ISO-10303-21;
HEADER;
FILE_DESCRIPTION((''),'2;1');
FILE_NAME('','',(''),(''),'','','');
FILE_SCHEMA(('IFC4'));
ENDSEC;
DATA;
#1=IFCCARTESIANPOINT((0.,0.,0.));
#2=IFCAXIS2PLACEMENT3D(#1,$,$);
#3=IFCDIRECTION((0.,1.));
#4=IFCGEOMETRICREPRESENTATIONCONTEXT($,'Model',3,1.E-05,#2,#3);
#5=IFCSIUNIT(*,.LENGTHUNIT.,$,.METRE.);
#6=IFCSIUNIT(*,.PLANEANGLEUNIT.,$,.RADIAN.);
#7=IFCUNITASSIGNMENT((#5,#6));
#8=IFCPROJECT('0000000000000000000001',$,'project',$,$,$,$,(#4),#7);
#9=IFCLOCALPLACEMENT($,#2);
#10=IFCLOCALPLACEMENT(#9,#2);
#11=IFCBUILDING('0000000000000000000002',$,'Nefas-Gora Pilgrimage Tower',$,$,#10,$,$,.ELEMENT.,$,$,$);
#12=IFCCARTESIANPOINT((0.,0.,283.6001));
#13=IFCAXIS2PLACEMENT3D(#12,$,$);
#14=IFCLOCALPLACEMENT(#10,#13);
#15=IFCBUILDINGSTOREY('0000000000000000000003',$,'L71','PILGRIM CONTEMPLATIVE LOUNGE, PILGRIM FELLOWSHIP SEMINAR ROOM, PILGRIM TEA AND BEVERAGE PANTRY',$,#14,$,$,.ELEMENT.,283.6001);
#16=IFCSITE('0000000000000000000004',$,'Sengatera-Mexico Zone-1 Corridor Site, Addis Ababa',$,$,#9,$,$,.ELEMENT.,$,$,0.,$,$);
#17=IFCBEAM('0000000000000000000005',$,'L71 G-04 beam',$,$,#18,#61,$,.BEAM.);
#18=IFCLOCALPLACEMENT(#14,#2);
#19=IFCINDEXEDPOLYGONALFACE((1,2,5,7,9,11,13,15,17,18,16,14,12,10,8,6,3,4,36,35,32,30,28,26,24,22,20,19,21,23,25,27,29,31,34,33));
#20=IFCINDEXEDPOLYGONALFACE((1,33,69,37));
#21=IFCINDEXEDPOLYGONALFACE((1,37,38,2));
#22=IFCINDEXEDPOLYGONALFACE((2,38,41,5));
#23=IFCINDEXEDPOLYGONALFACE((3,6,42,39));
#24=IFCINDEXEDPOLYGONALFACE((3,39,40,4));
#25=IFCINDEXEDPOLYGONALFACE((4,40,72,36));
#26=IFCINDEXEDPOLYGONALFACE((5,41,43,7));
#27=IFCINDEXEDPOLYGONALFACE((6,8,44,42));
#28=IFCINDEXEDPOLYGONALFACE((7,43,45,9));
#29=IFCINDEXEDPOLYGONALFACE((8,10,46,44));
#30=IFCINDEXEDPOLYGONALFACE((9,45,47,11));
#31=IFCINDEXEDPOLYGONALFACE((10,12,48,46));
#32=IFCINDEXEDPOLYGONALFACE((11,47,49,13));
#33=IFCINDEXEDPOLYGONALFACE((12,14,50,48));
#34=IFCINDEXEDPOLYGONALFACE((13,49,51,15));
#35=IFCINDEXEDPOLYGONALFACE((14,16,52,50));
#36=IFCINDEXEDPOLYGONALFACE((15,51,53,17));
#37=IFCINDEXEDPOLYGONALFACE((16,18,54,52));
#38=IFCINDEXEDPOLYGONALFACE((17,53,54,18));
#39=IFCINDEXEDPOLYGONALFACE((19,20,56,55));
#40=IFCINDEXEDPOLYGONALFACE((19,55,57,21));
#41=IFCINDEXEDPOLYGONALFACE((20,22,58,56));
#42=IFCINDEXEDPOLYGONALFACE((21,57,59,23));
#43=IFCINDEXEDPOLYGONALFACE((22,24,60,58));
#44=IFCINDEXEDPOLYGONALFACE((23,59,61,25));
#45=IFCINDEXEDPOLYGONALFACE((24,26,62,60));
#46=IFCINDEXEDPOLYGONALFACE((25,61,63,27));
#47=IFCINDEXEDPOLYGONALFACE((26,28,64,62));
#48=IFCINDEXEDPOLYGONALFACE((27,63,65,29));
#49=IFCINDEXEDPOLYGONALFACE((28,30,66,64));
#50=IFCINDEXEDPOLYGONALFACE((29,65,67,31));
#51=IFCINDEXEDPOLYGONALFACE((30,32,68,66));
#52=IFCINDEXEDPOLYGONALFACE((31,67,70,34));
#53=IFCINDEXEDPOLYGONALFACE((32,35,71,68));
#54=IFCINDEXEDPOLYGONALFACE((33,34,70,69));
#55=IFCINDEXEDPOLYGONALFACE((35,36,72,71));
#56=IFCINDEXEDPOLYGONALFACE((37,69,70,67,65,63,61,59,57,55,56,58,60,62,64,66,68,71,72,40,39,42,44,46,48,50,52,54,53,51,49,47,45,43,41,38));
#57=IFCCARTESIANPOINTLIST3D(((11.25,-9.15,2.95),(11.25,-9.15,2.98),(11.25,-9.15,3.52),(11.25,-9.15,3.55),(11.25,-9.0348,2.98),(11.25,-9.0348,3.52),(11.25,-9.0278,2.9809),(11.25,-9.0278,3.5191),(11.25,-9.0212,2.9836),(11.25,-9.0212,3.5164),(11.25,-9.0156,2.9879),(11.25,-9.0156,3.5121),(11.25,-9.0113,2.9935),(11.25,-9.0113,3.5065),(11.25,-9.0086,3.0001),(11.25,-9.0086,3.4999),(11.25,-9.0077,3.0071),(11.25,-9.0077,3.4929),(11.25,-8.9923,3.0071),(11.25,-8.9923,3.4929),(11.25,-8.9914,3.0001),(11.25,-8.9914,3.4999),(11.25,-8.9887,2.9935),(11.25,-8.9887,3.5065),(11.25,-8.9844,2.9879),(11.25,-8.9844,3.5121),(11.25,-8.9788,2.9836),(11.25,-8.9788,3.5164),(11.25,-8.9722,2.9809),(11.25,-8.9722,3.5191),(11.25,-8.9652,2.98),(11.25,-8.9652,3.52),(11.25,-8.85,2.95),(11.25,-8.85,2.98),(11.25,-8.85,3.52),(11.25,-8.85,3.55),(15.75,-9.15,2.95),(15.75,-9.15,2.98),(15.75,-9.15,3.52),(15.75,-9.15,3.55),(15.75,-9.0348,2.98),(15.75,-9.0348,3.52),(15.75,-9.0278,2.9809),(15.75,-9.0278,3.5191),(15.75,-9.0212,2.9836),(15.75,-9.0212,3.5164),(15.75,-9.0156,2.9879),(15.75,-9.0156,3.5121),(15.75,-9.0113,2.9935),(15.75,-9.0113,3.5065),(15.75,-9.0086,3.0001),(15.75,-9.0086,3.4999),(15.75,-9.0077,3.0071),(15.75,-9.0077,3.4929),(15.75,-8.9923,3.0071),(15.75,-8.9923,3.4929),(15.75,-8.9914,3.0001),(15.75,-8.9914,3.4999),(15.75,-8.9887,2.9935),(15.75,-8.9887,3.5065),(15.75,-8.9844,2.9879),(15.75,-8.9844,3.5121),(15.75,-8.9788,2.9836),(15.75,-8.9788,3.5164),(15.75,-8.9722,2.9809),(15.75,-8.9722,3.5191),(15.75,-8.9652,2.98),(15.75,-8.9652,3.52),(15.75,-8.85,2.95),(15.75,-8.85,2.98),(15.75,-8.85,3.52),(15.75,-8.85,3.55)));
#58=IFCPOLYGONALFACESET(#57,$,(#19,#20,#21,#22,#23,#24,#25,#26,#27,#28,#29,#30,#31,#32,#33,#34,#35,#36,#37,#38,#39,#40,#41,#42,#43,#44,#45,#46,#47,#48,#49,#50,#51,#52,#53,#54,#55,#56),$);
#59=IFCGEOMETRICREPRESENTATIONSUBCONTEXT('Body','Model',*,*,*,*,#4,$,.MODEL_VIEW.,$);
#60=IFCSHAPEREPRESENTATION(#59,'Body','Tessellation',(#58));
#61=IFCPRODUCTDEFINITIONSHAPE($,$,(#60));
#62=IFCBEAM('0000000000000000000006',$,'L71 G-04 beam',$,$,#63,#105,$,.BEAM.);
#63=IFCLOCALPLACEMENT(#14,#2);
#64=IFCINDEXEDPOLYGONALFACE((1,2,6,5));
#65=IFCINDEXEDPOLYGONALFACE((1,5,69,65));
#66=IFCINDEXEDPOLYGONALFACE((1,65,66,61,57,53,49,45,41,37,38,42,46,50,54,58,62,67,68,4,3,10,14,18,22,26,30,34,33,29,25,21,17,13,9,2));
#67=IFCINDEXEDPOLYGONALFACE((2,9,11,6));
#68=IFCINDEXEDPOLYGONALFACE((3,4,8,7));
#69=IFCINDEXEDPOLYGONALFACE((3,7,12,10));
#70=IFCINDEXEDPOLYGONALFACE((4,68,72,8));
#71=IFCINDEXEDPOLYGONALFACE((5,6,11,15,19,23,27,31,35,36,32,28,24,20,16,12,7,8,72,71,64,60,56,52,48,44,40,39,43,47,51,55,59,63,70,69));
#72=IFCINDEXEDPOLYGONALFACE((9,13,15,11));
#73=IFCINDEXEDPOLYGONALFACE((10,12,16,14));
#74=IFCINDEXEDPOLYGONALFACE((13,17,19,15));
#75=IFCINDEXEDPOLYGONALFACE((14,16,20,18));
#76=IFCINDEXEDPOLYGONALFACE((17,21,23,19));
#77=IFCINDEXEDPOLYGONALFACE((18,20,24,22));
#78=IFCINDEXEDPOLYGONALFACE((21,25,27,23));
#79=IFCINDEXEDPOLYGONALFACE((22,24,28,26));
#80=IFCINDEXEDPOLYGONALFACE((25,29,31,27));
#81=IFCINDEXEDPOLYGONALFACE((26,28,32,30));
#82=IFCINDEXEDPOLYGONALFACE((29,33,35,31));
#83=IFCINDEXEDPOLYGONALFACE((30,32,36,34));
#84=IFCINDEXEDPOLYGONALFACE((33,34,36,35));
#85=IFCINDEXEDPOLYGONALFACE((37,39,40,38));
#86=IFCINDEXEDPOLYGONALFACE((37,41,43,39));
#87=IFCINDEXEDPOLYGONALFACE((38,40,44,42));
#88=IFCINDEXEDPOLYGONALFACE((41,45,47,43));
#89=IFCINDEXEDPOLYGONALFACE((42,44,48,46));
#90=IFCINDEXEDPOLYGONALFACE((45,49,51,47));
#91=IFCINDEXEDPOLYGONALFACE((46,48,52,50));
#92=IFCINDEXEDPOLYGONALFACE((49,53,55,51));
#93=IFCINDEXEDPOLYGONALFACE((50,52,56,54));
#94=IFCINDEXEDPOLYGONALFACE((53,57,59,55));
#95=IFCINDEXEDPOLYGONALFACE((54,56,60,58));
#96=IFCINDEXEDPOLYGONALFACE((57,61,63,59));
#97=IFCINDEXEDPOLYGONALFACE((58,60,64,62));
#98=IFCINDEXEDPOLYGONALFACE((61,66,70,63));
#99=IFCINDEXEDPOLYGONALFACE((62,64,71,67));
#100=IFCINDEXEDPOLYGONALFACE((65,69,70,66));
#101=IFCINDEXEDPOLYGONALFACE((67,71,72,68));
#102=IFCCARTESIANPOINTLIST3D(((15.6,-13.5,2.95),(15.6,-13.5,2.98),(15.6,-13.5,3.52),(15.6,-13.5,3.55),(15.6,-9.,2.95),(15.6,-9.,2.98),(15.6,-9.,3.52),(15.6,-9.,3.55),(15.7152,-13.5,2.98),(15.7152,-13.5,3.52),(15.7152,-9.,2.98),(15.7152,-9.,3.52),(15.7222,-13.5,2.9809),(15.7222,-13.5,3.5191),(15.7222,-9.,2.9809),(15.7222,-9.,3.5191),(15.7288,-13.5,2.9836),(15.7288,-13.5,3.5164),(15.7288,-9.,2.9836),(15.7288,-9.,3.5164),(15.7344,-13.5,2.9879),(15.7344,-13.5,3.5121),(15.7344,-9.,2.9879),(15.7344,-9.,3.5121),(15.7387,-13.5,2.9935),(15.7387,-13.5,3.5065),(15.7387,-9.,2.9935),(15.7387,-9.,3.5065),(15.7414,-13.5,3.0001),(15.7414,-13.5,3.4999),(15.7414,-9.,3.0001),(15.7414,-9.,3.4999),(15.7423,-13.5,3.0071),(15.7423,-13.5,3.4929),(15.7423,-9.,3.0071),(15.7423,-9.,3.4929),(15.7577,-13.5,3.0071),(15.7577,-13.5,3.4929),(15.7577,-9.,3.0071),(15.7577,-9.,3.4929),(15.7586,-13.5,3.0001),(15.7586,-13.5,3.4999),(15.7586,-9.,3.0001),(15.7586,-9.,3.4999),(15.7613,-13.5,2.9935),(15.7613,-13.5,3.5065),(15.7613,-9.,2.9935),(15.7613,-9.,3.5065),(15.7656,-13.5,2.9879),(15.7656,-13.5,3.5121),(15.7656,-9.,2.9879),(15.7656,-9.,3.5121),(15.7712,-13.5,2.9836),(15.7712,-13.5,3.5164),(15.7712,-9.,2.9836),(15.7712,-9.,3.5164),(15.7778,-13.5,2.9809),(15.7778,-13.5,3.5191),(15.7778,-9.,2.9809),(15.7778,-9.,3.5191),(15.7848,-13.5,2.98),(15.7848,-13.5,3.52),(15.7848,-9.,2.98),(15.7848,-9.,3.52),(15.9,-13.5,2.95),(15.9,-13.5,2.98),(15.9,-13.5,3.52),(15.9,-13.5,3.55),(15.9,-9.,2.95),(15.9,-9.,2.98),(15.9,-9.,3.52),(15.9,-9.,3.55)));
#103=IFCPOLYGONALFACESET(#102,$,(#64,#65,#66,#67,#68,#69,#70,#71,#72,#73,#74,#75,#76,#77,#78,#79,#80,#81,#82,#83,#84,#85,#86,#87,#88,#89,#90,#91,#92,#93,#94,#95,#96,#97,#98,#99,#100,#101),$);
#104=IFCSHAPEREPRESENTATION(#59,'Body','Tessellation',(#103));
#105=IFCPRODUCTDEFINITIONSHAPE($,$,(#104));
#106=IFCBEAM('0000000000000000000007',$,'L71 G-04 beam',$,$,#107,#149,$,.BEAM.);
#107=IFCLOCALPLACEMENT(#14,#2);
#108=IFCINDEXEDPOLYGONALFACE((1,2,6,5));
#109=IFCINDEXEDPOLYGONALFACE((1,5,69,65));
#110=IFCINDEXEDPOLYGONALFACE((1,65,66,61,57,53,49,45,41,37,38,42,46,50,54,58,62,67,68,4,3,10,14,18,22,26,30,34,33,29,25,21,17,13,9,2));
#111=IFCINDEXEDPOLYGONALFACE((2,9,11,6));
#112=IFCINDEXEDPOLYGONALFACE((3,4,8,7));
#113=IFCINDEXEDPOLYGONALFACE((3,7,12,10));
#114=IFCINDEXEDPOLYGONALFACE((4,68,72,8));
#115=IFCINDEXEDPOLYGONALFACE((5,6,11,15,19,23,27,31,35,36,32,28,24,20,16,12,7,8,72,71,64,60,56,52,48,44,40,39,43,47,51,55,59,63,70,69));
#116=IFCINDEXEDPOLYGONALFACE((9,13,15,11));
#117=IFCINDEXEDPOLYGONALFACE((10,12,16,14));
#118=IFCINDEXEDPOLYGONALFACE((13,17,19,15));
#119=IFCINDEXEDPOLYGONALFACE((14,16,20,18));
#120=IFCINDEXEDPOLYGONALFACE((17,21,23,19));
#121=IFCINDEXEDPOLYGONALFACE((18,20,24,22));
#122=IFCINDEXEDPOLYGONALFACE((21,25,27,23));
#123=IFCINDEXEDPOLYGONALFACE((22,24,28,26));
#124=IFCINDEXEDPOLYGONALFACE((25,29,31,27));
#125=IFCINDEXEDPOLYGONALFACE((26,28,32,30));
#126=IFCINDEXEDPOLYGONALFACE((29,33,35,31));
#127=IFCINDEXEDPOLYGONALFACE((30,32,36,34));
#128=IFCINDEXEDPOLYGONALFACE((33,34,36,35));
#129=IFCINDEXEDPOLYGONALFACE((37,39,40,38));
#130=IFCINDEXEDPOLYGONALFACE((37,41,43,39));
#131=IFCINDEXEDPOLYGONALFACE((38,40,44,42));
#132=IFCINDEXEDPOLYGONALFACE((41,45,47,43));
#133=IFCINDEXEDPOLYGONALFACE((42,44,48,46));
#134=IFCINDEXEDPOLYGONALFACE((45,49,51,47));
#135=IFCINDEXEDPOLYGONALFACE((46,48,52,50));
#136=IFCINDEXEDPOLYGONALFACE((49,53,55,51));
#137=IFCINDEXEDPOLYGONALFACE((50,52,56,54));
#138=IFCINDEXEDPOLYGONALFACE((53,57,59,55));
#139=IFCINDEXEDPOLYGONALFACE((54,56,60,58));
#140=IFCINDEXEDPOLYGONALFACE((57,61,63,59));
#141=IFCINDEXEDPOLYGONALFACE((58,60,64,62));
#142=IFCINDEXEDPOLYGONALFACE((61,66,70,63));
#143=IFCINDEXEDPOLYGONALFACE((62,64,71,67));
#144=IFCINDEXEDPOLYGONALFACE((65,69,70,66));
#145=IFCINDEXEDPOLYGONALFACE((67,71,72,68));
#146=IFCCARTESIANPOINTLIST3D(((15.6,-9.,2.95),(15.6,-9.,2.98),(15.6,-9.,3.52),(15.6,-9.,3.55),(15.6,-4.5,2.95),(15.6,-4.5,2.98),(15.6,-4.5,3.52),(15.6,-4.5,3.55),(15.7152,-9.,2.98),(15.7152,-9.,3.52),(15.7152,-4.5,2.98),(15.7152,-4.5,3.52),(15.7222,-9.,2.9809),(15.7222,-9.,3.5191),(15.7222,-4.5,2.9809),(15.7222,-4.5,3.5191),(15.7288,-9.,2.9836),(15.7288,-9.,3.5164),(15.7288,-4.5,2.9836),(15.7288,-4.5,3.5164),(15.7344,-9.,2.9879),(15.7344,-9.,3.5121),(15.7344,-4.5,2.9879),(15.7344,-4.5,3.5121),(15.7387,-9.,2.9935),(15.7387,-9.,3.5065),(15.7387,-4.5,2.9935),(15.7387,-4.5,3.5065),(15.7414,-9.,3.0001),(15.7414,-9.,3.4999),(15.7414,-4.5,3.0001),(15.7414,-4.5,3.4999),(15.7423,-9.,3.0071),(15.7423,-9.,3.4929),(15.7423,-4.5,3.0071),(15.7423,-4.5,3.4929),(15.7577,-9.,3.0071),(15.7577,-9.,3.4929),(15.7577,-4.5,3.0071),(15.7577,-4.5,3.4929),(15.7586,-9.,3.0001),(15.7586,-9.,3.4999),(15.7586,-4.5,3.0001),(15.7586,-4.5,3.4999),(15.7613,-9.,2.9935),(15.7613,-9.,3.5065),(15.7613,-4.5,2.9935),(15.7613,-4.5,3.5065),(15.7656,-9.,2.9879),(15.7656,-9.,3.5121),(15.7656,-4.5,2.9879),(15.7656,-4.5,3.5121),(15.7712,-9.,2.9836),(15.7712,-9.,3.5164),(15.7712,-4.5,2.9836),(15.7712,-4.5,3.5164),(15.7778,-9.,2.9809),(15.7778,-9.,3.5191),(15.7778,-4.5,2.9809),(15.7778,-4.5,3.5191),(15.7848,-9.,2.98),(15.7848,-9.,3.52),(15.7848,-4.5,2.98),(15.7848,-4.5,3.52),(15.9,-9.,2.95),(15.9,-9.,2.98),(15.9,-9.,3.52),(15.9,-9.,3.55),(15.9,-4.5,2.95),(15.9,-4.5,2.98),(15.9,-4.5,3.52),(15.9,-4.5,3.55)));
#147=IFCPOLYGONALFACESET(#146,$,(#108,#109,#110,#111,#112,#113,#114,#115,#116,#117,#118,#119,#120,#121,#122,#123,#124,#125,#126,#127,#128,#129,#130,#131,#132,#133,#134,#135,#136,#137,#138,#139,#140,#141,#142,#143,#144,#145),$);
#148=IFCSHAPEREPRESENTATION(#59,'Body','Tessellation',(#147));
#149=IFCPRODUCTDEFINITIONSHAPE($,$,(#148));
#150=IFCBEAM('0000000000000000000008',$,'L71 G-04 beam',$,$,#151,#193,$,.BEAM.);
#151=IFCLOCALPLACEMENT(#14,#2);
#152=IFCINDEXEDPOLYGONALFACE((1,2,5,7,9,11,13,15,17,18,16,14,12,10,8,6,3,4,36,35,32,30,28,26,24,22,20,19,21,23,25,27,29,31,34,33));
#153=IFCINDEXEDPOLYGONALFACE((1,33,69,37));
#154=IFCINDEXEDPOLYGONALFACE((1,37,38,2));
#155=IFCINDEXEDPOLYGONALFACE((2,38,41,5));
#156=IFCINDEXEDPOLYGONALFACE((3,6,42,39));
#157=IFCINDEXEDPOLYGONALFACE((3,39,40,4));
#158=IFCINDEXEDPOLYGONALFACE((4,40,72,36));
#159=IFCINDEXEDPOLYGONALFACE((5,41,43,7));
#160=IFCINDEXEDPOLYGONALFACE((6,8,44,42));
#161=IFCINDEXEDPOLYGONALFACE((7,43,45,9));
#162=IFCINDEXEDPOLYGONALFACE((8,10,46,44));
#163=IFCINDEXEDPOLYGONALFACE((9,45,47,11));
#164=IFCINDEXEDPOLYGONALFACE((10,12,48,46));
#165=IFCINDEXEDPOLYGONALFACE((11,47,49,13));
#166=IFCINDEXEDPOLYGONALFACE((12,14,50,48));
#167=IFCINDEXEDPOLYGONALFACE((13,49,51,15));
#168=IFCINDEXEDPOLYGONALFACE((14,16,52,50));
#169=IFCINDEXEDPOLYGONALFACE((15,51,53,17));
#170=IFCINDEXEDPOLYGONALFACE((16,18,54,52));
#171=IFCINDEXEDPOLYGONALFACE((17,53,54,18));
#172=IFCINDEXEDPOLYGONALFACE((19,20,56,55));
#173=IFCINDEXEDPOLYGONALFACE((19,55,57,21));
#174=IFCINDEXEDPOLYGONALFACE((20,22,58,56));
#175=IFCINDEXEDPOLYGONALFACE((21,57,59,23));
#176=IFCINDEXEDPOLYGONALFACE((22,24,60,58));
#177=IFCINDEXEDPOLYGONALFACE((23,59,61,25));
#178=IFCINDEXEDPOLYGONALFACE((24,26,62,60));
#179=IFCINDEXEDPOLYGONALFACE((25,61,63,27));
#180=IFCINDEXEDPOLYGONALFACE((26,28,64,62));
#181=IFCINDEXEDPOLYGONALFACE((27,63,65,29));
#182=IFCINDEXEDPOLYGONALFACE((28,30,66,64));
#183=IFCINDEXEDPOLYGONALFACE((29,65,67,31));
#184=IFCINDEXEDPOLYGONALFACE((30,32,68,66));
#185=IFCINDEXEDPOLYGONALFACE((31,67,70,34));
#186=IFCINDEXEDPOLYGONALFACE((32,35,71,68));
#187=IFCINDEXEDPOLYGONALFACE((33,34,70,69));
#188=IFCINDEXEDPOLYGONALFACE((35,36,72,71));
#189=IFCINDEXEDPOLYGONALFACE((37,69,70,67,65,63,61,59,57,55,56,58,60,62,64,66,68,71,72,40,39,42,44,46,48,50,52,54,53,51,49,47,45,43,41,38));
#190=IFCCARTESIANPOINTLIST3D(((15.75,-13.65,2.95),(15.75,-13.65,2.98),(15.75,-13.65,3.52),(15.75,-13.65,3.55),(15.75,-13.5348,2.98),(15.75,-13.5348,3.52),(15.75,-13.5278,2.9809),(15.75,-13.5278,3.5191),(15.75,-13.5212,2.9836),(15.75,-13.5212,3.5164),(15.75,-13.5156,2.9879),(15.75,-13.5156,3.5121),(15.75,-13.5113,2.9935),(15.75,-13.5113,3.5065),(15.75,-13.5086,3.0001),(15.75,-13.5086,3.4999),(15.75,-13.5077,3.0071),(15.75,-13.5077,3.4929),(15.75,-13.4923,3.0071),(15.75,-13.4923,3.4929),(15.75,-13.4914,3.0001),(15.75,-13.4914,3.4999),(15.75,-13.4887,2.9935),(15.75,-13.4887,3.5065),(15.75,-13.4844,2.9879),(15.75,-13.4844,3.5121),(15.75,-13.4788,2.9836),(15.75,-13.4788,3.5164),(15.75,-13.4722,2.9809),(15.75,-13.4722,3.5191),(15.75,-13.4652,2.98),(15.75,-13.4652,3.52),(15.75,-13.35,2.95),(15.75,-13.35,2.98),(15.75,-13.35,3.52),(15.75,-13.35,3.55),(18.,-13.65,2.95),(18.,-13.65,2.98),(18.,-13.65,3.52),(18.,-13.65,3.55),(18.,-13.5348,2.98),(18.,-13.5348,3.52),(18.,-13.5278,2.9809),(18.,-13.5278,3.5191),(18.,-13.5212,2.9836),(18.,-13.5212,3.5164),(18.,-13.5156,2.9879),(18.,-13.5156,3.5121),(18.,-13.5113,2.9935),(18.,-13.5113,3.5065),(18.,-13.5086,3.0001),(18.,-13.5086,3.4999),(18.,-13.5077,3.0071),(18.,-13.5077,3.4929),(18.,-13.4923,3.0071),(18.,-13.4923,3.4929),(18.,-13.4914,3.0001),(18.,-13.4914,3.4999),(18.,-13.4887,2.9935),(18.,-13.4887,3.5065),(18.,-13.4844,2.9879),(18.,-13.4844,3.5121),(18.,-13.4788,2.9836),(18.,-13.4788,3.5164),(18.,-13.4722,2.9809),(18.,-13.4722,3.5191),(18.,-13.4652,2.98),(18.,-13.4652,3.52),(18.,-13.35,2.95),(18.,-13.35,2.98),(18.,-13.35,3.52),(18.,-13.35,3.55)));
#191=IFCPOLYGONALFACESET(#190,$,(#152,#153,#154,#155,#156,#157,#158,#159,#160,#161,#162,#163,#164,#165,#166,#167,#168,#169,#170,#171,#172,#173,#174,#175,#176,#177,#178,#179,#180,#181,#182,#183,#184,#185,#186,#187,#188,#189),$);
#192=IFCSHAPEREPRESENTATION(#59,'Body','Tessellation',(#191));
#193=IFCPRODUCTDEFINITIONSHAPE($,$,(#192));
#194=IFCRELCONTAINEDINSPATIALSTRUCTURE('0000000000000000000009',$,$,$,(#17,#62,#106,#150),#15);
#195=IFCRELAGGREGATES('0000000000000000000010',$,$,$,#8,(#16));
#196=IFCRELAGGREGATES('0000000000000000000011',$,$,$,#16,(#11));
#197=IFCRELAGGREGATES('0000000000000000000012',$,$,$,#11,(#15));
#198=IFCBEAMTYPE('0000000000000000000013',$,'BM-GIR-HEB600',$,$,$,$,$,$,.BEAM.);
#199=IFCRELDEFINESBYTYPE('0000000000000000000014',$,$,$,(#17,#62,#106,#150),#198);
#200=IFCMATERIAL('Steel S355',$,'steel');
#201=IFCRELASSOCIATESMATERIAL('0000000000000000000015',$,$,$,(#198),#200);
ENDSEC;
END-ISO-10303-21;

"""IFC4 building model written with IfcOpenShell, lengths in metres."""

from ifc_helpers import new_model, si_unit, direction, frame, origin, origin_2d, place, context, subcontext, project, spatial, i_section, extrude, source, transform, mapped, material, material_profile, profile_set, type_object, element, save


model = new_model("IFC4")

# Units and contexts
model_context = context("Model", 3, precision=1e-05, world=origin(), true_north=direction((0.0, 1.0)))
body_context = subcontext(model_context, "Body", "Model", "MODEL_VIEW")
ifc_project = project(units=[si_unit("LENGTHUNIT", "METRE"), si_unit("PLANEANGLEUNIT", "RADIAN")], contexts=[model_context])

# Site, building, storey
site_placement = place(None, origin())
site = spatial("IfcSite", under=ifc_project, at=site_placement, Name="Sengatera-Mexico Zone-1 Corridor Site, Addis Ababa", CompositionType="ELEMENT", RefElevation=0.0)
building_placement = place(site_placement, origin())
building = spatial("IfcBuilding", under=site, at=building_placement, Name="Nefas-Gora Pilgrimage Tower", CompositionType="ELEMENT")
storey_placement = place(building_placement, frame((0.0, 0.0, 283.6001)))
storey = spatial("IfcBuildingStorey", under=building, at=storey_placement, Name="L71", Description="PILGRIM CONTEMPLATIVE LOUNGE, PILGRIM FELLOWSHIP SEMINAR ROOM, PILGRIM TEA AND BEVERAGE PANTRY", CompositionType="ELEMENT", Elevation=283.6001)

# Shared definitions
ifc_material_1 = material(Name="Steel S355", Category="steel")

# Beams
ifc_material_profile_1 = material_profile(ifc_material_1, i_section(OverallWidth=0.3, OverallDepth=0.6001, WebThickness=0.0154, FlangeThickness=0.03, FilletRadius=0.0271, at=origin_2d()), Name="HEB 600")
ifc_profile_set_1 = profile_set([ifc_material_profile_1], Name="Steel S355")
beam_type_1 = type_object("IfcBeamType", Name="BM-GIR-HEB600", PredefinedType="BEAM", material=ifc_profile_set_1)
shared_shape_1 = source(origin(), body_context, "Body", "SweptSolid", [
    extrude(i_section(OverallWidth=0.3, OverallDepth=0.6001, WebThickness=0.0154, FlangeThickness=0.03, FilletRadius=0.0271, at=origin_2d()), origin(), (0.0, 0.0, 1.0), 4.5),
])
for number, where, z_axis, x_axis, name in (
    (1, (11.25, -9.0, 3.25), (1.0, 0.0, 0.0), (0.0, 1.0, 0.0), "L71 G-04 beam"),
    (2, (15.75, -13.5, 3.25), (0.0, 1.0, 0.0), (-1.0, 0.0, 0.0), "L71 G-04 beam"),
    (3, (15.75, -9.0, 3.25), (0.0, 1.0, 0.0), (-1.0, 0.0, 0.0), "L71 G-04 beam"),
):
    element("IfcBeam", number, at=place(storey_placement, frame(where, z_axis=z_axis, x_axis=x_axis)), inside=storey, type_object=beam_type_1, Name=name, PredefinedType="BEAM", context=body_context, shape_type="MappedRepresentation", body=[
        mapped(shared_shape_1, transform((0.0, 0.0, 0.0), x_axis=(1.0, 0.0, 0.0), y_axis=(0.0, 1.0, 0.0), z_axis=(0.0, 0.0, 1.0), scale=1.0)),
    ])
shared_shape_2 = source(origin(), body_context, "Body", "SweptSolid", [
    extrude(i_section(OverallWidth=0.3, OverallDepth=0.6001, WebThickness=0.0154, FlangeThickness=0.03, FilletRadius=0.0271, at=origin_2d()), origin(), (0.0, 0.0, 1.0), 2.25),
])
for number, where, z_axis, x_axis, name in (
    (4, (15.75, -13.5, 3.25), (1.0, 0.0, 0.0), (0.0, 1.0, 0.0), "L71 G-04 beam"),
):
    element("IfcBeam", number, at=place(storey_placement, frame(where, z_axis=z_axis, x_axis=x_axis)), inside=storey, type_object=beam_type_1, Name=name, PredefinedType="BEAM", context=body_context, shape_type="MappedRepresentation", body=[
        mapped(shared_shape_2, transform((0.0, 0.0, 0.0), x_axis=(1.0, 0.0, 0.0), y_axis=(0.0, 1.0, 0.0), z_axis=(0.0, 0.0, 1.0), scale=1.0)),
    ])

save(model, "model.ifc")
